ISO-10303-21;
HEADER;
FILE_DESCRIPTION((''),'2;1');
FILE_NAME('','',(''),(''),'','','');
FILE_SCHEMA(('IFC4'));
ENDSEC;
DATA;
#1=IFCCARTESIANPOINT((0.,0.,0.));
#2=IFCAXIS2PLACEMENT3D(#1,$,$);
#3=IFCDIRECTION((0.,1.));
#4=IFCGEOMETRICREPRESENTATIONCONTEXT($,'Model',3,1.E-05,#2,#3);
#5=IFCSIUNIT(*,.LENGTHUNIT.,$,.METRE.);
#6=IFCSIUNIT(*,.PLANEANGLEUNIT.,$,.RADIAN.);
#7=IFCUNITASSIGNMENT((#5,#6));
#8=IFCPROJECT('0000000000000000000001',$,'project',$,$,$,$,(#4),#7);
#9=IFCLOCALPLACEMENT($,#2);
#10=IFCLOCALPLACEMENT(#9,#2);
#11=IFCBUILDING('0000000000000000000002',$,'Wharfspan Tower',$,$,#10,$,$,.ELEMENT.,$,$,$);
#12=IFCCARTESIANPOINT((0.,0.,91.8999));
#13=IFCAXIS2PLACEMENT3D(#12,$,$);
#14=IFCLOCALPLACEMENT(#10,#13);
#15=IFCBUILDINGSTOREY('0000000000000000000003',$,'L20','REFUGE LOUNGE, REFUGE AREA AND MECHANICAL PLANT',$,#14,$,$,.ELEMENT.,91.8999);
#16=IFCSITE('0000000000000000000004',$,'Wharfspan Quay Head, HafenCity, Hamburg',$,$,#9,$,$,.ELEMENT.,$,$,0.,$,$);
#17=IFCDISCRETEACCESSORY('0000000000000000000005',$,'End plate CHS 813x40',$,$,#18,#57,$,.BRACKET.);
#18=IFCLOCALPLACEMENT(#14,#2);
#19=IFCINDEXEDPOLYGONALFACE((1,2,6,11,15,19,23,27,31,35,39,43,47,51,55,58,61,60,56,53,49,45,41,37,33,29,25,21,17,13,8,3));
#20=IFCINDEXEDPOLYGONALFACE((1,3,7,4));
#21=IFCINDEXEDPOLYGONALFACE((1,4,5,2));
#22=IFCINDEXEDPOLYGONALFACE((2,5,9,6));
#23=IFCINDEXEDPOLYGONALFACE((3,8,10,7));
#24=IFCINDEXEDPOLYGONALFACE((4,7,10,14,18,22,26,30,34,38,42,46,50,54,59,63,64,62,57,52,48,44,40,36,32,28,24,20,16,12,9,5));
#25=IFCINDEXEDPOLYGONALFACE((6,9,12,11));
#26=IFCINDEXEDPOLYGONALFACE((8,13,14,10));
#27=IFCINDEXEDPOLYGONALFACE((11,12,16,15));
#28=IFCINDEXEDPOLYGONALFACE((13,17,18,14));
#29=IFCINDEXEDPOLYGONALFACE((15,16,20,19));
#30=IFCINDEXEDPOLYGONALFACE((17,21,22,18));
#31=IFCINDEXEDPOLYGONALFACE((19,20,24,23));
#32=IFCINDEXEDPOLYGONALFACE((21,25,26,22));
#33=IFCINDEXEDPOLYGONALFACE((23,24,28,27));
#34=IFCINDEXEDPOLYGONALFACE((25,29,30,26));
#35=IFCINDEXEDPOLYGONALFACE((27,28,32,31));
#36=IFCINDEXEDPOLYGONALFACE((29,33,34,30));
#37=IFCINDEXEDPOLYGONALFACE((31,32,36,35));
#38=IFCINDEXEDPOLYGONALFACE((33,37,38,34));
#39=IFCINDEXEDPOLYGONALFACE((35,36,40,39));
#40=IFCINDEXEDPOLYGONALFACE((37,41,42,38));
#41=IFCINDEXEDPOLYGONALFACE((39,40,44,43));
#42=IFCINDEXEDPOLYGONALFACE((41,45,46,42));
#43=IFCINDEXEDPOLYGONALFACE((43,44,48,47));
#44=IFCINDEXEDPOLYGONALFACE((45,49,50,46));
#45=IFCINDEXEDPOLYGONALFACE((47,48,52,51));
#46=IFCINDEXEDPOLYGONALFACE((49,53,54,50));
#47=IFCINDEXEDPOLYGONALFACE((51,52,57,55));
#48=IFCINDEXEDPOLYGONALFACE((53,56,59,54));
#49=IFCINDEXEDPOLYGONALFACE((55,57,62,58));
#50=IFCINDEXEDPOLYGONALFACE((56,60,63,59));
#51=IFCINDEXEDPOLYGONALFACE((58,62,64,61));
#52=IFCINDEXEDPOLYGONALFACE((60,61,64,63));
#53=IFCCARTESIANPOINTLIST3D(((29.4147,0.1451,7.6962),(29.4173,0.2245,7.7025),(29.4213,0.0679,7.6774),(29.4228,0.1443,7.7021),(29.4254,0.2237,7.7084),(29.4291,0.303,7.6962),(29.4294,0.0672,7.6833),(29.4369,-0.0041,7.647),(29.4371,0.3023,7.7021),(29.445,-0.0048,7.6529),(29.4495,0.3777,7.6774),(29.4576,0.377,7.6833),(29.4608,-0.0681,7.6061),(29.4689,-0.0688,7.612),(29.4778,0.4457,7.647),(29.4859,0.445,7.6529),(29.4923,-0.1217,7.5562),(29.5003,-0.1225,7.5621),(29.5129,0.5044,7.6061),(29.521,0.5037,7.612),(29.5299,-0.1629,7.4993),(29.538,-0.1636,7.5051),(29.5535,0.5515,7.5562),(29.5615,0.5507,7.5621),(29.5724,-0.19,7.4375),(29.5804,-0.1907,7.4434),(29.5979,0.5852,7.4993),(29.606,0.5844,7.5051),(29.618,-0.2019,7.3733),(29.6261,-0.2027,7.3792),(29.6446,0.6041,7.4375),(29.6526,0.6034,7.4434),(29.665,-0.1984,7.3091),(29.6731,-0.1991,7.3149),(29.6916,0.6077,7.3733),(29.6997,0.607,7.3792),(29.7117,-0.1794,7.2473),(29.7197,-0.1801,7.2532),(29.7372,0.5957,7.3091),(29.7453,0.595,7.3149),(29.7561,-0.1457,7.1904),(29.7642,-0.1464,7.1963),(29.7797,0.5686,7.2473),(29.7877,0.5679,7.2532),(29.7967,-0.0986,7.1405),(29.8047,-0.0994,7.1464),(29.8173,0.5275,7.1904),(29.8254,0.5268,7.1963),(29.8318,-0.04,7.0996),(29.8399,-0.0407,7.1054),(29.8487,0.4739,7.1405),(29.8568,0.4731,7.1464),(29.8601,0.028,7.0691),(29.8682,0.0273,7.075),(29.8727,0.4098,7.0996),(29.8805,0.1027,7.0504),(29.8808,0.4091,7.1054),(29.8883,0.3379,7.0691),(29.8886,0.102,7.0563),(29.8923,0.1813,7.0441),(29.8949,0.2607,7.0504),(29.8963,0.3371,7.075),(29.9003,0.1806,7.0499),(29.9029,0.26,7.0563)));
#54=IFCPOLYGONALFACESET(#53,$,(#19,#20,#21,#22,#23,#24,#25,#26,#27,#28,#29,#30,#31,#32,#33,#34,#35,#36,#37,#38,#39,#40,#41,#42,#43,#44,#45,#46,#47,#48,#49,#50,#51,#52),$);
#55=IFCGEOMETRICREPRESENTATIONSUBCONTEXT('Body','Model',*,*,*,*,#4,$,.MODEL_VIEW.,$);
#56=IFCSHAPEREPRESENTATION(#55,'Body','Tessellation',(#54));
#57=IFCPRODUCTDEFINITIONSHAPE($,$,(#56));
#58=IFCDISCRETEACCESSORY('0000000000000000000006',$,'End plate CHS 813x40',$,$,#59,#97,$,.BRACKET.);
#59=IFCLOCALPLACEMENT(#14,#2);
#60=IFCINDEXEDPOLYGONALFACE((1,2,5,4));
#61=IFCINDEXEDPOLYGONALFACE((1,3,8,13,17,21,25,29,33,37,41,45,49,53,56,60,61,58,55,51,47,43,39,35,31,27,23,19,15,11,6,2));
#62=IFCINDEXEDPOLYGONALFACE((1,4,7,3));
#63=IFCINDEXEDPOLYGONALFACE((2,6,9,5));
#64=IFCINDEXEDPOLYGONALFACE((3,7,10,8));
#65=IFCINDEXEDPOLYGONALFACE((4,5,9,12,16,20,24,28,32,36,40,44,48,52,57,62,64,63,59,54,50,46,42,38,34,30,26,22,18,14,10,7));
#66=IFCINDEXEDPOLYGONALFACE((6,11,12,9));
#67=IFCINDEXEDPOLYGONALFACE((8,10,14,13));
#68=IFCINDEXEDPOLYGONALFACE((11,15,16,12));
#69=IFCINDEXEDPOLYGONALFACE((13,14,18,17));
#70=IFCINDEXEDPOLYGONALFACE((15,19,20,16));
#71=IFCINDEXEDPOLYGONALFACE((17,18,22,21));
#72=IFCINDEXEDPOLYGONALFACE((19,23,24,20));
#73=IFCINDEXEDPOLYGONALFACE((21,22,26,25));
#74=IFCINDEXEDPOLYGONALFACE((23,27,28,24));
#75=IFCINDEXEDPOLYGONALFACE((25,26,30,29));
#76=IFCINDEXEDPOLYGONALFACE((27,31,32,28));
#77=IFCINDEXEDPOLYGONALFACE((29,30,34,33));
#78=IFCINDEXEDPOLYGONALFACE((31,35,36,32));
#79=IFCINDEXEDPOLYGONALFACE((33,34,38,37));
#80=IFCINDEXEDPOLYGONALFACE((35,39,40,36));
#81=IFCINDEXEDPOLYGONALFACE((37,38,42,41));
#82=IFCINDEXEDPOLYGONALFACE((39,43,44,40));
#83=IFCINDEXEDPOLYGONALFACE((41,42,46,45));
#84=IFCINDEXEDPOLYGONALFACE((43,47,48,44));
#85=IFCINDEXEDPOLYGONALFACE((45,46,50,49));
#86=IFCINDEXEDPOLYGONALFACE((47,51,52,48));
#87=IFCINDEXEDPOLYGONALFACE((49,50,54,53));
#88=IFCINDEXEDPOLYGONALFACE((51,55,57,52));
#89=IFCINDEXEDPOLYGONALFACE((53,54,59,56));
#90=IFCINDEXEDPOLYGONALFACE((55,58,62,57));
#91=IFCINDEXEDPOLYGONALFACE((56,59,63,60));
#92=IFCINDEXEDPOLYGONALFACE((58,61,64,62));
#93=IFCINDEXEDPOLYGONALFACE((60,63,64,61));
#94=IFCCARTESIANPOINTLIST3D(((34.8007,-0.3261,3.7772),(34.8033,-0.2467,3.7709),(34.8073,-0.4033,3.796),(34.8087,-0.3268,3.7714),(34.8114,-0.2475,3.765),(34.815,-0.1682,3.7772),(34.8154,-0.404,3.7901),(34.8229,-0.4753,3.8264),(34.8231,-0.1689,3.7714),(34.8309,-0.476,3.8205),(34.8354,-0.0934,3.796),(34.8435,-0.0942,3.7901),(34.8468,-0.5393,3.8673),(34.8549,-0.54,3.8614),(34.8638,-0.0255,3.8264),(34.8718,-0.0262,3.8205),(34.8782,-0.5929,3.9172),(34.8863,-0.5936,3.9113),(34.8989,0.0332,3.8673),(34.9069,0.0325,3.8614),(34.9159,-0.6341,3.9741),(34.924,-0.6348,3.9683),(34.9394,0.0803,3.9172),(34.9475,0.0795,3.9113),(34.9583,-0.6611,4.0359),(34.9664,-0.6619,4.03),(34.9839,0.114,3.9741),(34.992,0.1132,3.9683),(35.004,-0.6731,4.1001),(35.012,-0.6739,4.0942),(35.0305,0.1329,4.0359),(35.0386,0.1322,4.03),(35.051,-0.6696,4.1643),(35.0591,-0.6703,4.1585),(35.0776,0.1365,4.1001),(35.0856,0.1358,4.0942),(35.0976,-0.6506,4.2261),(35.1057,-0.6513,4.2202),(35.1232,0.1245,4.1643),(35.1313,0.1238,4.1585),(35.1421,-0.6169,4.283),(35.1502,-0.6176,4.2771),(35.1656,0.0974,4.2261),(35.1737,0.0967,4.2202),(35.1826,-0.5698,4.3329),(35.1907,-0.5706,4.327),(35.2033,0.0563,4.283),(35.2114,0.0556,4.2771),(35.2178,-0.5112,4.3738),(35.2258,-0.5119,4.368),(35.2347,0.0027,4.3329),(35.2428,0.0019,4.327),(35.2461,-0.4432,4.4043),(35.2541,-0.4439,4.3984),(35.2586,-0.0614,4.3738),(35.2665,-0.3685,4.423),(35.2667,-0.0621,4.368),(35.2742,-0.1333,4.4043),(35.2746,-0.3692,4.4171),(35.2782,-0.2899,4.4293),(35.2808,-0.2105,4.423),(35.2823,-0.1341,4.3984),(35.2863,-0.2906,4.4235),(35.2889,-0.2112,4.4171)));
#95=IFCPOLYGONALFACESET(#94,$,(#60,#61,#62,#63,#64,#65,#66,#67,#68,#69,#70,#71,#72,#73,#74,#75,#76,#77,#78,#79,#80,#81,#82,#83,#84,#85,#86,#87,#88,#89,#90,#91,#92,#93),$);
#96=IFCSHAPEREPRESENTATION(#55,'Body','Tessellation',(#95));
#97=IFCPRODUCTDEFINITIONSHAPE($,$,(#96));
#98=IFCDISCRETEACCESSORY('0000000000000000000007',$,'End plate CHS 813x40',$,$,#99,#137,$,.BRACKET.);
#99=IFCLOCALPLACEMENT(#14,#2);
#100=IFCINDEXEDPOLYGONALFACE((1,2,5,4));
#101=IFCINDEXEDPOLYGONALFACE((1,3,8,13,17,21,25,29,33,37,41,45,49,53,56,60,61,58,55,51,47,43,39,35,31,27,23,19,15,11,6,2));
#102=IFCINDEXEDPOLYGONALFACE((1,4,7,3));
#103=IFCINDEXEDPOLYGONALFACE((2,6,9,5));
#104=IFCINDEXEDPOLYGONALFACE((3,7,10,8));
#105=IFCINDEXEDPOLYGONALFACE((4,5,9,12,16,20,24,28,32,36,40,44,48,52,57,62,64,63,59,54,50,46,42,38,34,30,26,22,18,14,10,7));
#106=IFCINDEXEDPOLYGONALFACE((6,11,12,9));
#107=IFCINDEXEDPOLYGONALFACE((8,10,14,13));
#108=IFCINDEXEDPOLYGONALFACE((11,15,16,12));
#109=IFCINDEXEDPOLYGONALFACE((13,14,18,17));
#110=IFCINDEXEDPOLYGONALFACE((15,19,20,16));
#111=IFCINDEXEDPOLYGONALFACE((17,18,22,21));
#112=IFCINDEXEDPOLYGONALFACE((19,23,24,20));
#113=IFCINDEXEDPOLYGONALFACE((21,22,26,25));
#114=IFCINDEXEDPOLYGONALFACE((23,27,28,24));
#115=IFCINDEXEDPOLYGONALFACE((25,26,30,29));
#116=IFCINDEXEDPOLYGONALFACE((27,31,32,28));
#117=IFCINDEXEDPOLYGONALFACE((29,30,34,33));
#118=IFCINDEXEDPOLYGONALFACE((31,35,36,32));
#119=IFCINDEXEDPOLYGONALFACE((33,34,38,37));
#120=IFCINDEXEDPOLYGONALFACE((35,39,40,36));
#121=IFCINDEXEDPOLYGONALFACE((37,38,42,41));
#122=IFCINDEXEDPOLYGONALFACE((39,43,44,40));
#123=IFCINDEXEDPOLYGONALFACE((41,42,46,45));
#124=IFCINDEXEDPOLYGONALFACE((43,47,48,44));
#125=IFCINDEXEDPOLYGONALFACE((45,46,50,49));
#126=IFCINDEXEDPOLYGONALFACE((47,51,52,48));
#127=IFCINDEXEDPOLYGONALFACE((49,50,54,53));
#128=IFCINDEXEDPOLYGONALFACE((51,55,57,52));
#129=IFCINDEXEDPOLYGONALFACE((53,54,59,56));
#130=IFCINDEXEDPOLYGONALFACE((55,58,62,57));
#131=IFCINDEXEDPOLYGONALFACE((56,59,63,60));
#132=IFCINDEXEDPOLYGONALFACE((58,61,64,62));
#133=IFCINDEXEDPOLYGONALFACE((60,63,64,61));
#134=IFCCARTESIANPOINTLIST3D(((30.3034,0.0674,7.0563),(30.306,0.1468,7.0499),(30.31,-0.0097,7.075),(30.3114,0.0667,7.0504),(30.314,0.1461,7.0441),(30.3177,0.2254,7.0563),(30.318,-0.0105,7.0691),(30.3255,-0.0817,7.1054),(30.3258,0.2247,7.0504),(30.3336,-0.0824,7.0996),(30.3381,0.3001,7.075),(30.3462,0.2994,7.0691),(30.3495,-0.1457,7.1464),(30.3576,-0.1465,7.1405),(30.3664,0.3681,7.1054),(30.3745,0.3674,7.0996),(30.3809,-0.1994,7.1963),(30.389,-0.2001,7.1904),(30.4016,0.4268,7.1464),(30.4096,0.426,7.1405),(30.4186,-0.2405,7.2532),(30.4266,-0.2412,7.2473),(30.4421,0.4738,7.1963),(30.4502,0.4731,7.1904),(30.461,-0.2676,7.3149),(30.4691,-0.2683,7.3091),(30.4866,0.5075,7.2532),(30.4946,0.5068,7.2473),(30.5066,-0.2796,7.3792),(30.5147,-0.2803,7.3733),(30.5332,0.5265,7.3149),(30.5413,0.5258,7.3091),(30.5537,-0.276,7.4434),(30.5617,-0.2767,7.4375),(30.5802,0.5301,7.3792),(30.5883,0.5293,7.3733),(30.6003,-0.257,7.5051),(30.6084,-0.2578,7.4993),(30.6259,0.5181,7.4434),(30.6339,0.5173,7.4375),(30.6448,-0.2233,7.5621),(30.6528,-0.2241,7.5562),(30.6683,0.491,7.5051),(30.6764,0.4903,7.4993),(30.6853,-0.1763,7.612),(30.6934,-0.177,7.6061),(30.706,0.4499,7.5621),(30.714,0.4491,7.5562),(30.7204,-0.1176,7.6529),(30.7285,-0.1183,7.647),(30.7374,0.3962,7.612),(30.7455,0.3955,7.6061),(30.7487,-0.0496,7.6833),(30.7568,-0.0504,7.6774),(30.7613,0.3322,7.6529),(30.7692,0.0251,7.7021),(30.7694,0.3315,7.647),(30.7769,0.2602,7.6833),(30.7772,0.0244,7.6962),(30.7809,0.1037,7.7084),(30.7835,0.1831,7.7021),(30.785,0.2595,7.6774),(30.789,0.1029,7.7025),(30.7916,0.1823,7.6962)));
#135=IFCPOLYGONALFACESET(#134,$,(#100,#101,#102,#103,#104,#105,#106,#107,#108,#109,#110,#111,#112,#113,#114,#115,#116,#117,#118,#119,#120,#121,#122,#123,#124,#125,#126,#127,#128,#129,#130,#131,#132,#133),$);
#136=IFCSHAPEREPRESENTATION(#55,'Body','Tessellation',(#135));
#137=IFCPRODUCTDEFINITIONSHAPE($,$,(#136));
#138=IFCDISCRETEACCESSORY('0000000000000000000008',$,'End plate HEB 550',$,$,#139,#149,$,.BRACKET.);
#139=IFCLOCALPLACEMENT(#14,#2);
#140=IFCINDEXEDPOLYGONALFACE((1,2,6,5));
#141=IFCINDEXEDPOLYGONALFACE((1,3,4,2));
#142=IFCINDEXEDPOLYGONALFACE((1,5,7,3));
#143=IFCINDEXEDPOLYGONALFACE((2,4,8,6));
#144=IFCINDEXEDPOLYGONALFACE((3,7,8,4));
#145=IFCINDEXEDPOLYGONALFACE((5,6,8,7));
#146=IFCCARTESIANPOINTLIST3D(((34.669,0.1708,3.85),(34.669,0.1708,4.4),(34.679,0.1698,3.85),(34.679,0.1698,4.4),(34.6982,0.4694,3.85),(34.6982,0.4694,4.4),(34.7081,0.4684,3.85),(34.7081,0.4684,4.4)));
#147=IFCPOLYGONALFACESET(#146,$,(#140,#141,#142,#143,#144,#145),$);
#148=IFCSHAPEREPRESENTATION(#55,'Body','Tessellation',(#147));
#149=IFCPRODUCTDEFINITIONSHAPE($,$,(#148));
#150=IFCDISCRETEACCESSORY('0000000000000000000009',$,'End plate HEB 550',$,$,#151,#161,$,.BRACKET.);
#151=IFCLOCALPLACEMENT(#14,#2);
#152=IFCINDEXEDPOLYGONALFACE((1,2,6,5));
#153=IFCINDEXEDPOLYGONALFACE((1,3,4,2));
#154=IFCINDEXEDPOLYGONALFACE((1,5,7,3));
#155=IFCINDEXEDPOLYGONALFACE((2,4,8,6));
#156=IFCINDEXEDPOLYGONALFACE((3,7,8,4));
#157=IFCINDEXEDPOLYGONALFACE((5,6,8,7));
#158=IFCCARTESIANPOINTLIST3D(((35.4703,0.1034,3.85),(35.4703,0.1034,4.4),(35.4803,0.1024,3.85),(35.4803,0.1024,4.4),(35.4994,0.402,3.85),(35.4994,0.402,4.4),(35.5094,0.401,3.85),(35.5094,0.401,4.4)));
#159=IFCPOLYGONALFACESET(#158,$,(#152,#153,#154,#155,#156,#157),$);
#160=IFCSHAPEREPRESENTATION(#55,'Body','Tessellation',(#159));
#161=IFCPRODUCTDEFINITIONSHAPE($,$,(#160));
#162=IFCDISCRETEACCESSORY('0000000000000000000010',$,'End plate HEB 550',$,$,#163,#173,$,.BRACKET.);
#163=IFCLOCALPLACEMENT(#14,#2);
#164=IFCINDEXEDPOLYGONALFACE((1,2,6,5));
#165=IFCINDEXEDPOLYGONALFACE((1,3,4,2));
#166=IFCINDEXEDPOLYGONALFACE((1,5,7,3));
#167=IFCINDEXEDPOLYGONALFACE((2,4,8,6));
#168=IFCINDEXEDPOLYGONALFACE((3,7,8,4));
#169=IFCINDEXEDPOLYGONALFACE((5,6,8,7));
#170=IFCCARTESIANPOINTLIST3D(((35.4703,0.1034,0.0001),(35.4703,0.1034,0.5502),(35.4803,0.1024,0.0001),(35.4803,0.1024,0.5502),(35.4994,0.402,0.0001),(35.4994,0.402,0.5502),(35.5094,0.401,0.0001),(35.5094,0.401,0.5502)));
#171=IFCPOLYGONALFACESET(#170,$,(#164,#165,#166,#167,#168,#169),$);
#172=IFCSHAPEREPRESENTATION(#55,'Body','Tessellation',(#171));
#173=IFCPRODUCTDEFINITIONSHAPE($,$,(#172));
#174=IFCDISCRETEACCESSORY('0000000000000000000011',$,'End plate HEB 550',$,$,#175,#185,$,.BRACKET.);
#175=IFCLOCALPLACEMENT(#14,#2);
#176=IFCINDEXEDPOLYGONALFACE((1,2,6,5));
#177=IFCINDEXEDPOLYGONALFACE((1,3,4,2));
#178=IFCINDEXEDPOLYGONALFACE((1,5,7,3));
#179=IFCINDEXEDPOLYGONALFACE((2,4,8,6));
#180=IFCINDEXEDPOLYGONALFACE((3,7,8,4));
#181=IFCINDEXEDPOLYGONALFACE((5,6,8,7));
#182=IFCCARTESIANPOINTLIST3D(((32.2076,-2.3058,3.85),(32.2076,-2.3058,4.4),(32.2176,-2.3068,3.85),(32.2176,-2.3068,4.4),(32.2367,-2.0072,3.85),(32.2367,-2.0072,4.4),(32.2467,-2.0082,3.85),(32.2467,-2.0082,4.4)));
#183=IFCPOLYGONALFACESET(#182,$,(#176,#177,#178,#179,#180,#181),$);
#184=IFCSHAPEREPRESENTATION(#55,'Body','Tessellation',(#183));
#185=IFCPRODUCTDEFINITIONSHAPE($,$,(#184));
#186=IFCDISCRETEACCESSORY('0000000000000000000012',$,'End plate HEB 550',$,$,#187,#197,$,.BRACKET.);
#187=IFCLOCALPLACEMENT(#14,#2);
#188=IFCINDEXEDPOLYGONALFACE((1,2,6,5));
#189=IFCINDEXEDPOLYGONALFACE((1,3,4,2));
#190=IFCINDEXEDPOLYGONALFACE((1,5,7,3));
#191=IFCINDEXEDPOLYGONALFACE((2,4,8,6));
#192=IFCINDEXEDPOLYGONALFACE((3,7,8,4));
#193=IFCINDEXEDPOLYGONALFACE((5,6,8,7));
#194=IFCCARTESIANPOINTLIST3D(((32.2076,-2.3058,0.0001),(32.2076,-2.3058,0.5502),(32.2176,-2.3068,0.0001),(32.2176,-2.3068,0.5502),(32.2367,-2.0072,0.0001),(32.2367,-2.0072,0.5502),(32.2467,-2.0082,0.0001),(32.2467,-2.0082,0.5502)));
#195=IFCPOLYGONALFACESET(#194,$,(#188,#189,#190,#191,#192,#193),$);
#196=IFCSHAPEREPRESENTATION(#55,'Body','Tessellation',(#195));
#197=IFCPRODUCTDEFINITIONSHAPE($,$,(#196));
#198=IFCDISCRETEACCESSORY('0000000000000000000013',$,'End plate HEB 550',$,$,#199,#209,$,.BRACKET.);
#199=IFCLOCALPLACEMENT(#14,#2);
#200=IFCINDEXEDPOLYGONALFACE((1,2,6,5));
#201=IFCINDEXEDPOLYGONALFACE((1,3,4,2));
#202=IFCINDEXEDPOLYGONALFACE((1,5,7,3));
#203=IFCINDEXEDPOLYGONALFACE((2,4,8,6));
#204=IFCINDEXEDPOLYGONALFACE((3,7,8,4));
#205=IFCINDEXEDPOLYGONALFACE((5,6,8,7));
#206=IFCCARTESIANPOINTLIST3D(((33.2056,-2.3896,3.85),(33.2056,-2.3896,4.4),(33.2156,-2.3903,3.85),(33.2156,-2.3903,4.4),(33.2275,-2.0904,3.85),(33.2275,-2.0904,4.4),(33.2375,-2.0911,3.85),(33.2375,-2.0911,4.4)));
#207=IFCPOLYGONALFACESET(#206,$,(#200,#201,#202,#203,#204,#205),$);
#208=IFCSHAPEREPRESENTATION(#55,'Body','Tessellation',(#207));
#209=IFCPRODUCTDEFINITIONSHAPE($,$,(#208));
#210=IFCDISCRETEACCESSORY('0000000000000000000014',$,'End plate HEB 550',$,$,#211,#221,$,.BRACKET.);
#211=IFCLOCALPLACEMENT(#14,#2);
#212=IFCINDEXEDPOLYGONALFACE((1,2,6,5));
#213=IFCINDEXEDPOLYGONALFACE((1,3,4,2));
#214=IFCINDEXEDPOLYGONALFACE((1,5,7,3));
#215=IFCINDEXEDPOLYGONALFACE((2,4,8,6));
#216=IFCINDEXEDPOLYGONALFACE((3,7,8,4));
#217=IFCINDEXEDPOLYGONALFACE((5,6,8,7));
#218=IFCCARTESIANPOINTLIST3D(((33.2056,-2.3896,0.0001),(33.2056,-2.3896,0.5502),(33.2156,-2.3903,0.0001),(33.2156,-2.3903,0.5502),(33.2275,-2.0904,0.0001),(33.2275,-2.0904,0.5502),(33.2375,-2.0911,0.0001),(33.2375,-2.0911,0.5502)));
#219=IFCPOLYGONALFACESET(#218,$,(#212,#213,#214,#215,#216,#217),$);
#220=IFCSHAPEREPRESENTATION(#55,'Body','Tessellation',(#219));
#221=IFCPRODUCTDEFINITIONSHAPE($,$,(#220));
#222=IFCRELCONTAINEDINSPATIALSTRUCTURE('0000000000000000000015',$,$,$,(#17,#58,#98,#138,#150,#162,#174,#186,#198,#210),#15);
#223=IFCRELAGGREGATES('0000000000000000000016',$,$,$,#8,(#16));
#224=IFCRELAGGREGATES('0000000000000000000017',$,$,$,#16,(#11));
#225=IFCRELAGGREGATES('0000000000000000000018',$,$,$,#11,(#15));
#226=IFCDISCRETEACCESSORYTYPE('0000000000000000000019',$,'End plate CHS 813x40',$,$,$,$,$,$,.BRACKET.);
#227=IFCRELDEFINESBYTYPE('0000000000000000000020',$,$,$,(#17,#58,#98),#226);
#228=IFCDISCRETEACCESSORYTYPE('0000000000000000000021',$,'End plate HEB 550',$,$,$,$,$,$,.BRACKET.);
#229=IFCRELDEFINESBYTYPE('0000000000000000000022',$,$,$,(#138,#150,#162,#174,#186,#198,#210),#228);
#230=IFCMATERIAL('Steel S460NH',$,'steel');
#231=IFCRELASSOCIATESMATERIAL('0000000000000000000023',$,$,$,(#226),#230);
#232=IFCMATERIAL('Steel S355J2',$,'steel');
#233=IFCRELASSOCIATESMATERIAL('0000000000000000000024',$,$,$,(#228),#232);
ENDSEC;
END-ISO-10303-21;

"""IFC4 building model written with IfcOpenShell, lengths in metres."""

from ifc_helpers import new_model, si_unit, direction, frame, origin, origin_2d, place, context, subcontext, project, spatial, rectangle, circle, extrude, material, material_profile, profile_set, type_object, element, save


model = new_model("IFC4")

# Units and contexts
model_context = context("Model", 3, precision=1e-05, world=origin(), true_north=direction((0.0, 1.0)))
body_context = subcontext(model_context, "Body", "Model", "MODEL_VIEW")
ifc_project = project(units=[si_unit("LENGTHUNIT", "METRE"), si_unit("PLANEANGLEUNIT", "RADIAN")], contexts=[model_context])

# Site, building, storey
site_placement = place(None, origin())
site = spatial("IfcSite", under=ifc_project, at=site_placement, Name="Wharfspan Quay Head, HafenCity, Hamburg", CompositionType="ELEMENT", RefElevation=0.0)
building_placement = place(site_placement, origin())
building = spatial("IfcBuilding", under=site, at=building_placement, Name="Wharfspan Tower", CompositionType="ELEMENT")
storey_placement = place(building_placement, frame((0.0, 0.0, 91.8999)))
storey = spatial("IfcBuildingStorey", under=building, at=storey_placement, Name="L20", Description="REFUGE LOUNGE, REFUGE AREA AND MECHANICAL PLANT", CompositionType="ELEMENT", Elevation=91.8999)

# Shared definitions
ifc_material_1 = material(Name="Steel S355J2", Category="steel")

# Shared definitions
ifc_material_2 = material(Name="Steel S460NH", Category="steel")

# Discrete accessories
ifc_material_profile_1 = material_profile(ifc_material_2, circle(Radius=0.4065, at=origin_2d()))
ifc_profile_set_1 = profile_set([ifc_material_profile_1], Name="Steel S460NH")
discrete_accessory_type_1 = type_object("IfcDiscreteAccessoryType", Name="End plate CHS 813x40", PredefinedType="BRACKET", material=ifc_profile_set_1)
for number, where, z_axis, x_axis, name in (
    (1, (29.6548, 0.2029, 7.3733), (0.806559, -0.073324, 0.586588), (0.090536, 0.99589, 0.0), "End plate CHS 813x40"),
    (2, (35.0488, -0.269, 4.0942), (-0.806559, 0.073324, 0.586588), (-0.090536, -0.99589, 0.0), "End plate CHS 813x40"),
    (3, (30.5515, 0.1245, 7.3733), (-0.806559, 0.073324, 0.586588), (-0.090536, -0.99589, 0.0), "End plate CHS 813x40"),
):
    element("IfcDiscreteAccessory", number, at=place(storey_placement, frame(where, z_axis=z_axis, x_axis=x_axis)), inside=storey, type_object=discrete_accessory_type_1, Name=name, PredefinedType="BRACKET", context=body_context, shape_type="SweptSolid", body=[
        extrude(circle(Radius=0.4065, at=origin_2d()), origin(), (0.0, 0.0, 1.0), 0.01),
    ])
ifc_material_profile_2 = material_profile(ifc_material_1, rectangle(XDim=0.3, YDim=0.55, at=origin_2d()))
ifc_profile_set_2 = profile_set([ifc_material_profile_2], Name="Steel S355J2")
discrete_accessory_type_2 = type_object("IfcDiscreteAccessoryType", Name="End plate HEB 550", PredefinedType="BRACKET", material=ifc_profile_set_2)
for number, where, z_axis, x_axis, name in (
    (4, (34.6836, 0.3201, 4.125), (0.995275, -0.0971, 0.0), (0.0971, 0.995275, 0.0), "End plate HEB 550"),
    (5, (35.4849, 0.2527, 4.125), (0.995275, -0.0971, 0.0), (0.0971, 0.995275, 0.0), "End plate HEB 550"),
    (6, (35.4849, 0.2527, 0.2751), (0.995275, -0.0971, 0.0), (0.0971, 0.995275, 0.0), "End plate HEB 550"),
    (7, (32.2222, -2.1565, 4.125), (0.995275, -0.0971, 0.0), (0.0971, 0.995275, 0.0), "End plate HEB 550"),
    (8, (32.2222, -2.1565, 0.2751), (0.995275, -0.0971, 0.0), (0.0971, 0.995275, 0.0), "End plate HEB 550"),
    (9, (33.2166, -2.24, 4.125), (0.997334, -0.072976, 0.0), (0.072976, 0.997334, 0.0), "End plate HEB 550"),
    (10, (33.2166, -2.24, 0.2751), (0.997334, -0.072976, 0.0), (0.072976, 0.997334, 0.0), "End plate HEB 550"),
):
    element("IfcDiscreteAccessory", number, at=place(storey_placement, frame(where, z_axis=z_axis, x_axis=x_axis)), inside=storey, type_object=discrete_accessory_type_2, Name=name, PredefinedType="BRACKET", context=body_context, shape_type="SweptSolid", body=[
        extrude(rectangle(XDim=0.3, YDim=0.55, at=origin_2d()), origin(), (0.0, 0.0, 1.0), 0.01),
    ])

save(model, "model.ifc")
